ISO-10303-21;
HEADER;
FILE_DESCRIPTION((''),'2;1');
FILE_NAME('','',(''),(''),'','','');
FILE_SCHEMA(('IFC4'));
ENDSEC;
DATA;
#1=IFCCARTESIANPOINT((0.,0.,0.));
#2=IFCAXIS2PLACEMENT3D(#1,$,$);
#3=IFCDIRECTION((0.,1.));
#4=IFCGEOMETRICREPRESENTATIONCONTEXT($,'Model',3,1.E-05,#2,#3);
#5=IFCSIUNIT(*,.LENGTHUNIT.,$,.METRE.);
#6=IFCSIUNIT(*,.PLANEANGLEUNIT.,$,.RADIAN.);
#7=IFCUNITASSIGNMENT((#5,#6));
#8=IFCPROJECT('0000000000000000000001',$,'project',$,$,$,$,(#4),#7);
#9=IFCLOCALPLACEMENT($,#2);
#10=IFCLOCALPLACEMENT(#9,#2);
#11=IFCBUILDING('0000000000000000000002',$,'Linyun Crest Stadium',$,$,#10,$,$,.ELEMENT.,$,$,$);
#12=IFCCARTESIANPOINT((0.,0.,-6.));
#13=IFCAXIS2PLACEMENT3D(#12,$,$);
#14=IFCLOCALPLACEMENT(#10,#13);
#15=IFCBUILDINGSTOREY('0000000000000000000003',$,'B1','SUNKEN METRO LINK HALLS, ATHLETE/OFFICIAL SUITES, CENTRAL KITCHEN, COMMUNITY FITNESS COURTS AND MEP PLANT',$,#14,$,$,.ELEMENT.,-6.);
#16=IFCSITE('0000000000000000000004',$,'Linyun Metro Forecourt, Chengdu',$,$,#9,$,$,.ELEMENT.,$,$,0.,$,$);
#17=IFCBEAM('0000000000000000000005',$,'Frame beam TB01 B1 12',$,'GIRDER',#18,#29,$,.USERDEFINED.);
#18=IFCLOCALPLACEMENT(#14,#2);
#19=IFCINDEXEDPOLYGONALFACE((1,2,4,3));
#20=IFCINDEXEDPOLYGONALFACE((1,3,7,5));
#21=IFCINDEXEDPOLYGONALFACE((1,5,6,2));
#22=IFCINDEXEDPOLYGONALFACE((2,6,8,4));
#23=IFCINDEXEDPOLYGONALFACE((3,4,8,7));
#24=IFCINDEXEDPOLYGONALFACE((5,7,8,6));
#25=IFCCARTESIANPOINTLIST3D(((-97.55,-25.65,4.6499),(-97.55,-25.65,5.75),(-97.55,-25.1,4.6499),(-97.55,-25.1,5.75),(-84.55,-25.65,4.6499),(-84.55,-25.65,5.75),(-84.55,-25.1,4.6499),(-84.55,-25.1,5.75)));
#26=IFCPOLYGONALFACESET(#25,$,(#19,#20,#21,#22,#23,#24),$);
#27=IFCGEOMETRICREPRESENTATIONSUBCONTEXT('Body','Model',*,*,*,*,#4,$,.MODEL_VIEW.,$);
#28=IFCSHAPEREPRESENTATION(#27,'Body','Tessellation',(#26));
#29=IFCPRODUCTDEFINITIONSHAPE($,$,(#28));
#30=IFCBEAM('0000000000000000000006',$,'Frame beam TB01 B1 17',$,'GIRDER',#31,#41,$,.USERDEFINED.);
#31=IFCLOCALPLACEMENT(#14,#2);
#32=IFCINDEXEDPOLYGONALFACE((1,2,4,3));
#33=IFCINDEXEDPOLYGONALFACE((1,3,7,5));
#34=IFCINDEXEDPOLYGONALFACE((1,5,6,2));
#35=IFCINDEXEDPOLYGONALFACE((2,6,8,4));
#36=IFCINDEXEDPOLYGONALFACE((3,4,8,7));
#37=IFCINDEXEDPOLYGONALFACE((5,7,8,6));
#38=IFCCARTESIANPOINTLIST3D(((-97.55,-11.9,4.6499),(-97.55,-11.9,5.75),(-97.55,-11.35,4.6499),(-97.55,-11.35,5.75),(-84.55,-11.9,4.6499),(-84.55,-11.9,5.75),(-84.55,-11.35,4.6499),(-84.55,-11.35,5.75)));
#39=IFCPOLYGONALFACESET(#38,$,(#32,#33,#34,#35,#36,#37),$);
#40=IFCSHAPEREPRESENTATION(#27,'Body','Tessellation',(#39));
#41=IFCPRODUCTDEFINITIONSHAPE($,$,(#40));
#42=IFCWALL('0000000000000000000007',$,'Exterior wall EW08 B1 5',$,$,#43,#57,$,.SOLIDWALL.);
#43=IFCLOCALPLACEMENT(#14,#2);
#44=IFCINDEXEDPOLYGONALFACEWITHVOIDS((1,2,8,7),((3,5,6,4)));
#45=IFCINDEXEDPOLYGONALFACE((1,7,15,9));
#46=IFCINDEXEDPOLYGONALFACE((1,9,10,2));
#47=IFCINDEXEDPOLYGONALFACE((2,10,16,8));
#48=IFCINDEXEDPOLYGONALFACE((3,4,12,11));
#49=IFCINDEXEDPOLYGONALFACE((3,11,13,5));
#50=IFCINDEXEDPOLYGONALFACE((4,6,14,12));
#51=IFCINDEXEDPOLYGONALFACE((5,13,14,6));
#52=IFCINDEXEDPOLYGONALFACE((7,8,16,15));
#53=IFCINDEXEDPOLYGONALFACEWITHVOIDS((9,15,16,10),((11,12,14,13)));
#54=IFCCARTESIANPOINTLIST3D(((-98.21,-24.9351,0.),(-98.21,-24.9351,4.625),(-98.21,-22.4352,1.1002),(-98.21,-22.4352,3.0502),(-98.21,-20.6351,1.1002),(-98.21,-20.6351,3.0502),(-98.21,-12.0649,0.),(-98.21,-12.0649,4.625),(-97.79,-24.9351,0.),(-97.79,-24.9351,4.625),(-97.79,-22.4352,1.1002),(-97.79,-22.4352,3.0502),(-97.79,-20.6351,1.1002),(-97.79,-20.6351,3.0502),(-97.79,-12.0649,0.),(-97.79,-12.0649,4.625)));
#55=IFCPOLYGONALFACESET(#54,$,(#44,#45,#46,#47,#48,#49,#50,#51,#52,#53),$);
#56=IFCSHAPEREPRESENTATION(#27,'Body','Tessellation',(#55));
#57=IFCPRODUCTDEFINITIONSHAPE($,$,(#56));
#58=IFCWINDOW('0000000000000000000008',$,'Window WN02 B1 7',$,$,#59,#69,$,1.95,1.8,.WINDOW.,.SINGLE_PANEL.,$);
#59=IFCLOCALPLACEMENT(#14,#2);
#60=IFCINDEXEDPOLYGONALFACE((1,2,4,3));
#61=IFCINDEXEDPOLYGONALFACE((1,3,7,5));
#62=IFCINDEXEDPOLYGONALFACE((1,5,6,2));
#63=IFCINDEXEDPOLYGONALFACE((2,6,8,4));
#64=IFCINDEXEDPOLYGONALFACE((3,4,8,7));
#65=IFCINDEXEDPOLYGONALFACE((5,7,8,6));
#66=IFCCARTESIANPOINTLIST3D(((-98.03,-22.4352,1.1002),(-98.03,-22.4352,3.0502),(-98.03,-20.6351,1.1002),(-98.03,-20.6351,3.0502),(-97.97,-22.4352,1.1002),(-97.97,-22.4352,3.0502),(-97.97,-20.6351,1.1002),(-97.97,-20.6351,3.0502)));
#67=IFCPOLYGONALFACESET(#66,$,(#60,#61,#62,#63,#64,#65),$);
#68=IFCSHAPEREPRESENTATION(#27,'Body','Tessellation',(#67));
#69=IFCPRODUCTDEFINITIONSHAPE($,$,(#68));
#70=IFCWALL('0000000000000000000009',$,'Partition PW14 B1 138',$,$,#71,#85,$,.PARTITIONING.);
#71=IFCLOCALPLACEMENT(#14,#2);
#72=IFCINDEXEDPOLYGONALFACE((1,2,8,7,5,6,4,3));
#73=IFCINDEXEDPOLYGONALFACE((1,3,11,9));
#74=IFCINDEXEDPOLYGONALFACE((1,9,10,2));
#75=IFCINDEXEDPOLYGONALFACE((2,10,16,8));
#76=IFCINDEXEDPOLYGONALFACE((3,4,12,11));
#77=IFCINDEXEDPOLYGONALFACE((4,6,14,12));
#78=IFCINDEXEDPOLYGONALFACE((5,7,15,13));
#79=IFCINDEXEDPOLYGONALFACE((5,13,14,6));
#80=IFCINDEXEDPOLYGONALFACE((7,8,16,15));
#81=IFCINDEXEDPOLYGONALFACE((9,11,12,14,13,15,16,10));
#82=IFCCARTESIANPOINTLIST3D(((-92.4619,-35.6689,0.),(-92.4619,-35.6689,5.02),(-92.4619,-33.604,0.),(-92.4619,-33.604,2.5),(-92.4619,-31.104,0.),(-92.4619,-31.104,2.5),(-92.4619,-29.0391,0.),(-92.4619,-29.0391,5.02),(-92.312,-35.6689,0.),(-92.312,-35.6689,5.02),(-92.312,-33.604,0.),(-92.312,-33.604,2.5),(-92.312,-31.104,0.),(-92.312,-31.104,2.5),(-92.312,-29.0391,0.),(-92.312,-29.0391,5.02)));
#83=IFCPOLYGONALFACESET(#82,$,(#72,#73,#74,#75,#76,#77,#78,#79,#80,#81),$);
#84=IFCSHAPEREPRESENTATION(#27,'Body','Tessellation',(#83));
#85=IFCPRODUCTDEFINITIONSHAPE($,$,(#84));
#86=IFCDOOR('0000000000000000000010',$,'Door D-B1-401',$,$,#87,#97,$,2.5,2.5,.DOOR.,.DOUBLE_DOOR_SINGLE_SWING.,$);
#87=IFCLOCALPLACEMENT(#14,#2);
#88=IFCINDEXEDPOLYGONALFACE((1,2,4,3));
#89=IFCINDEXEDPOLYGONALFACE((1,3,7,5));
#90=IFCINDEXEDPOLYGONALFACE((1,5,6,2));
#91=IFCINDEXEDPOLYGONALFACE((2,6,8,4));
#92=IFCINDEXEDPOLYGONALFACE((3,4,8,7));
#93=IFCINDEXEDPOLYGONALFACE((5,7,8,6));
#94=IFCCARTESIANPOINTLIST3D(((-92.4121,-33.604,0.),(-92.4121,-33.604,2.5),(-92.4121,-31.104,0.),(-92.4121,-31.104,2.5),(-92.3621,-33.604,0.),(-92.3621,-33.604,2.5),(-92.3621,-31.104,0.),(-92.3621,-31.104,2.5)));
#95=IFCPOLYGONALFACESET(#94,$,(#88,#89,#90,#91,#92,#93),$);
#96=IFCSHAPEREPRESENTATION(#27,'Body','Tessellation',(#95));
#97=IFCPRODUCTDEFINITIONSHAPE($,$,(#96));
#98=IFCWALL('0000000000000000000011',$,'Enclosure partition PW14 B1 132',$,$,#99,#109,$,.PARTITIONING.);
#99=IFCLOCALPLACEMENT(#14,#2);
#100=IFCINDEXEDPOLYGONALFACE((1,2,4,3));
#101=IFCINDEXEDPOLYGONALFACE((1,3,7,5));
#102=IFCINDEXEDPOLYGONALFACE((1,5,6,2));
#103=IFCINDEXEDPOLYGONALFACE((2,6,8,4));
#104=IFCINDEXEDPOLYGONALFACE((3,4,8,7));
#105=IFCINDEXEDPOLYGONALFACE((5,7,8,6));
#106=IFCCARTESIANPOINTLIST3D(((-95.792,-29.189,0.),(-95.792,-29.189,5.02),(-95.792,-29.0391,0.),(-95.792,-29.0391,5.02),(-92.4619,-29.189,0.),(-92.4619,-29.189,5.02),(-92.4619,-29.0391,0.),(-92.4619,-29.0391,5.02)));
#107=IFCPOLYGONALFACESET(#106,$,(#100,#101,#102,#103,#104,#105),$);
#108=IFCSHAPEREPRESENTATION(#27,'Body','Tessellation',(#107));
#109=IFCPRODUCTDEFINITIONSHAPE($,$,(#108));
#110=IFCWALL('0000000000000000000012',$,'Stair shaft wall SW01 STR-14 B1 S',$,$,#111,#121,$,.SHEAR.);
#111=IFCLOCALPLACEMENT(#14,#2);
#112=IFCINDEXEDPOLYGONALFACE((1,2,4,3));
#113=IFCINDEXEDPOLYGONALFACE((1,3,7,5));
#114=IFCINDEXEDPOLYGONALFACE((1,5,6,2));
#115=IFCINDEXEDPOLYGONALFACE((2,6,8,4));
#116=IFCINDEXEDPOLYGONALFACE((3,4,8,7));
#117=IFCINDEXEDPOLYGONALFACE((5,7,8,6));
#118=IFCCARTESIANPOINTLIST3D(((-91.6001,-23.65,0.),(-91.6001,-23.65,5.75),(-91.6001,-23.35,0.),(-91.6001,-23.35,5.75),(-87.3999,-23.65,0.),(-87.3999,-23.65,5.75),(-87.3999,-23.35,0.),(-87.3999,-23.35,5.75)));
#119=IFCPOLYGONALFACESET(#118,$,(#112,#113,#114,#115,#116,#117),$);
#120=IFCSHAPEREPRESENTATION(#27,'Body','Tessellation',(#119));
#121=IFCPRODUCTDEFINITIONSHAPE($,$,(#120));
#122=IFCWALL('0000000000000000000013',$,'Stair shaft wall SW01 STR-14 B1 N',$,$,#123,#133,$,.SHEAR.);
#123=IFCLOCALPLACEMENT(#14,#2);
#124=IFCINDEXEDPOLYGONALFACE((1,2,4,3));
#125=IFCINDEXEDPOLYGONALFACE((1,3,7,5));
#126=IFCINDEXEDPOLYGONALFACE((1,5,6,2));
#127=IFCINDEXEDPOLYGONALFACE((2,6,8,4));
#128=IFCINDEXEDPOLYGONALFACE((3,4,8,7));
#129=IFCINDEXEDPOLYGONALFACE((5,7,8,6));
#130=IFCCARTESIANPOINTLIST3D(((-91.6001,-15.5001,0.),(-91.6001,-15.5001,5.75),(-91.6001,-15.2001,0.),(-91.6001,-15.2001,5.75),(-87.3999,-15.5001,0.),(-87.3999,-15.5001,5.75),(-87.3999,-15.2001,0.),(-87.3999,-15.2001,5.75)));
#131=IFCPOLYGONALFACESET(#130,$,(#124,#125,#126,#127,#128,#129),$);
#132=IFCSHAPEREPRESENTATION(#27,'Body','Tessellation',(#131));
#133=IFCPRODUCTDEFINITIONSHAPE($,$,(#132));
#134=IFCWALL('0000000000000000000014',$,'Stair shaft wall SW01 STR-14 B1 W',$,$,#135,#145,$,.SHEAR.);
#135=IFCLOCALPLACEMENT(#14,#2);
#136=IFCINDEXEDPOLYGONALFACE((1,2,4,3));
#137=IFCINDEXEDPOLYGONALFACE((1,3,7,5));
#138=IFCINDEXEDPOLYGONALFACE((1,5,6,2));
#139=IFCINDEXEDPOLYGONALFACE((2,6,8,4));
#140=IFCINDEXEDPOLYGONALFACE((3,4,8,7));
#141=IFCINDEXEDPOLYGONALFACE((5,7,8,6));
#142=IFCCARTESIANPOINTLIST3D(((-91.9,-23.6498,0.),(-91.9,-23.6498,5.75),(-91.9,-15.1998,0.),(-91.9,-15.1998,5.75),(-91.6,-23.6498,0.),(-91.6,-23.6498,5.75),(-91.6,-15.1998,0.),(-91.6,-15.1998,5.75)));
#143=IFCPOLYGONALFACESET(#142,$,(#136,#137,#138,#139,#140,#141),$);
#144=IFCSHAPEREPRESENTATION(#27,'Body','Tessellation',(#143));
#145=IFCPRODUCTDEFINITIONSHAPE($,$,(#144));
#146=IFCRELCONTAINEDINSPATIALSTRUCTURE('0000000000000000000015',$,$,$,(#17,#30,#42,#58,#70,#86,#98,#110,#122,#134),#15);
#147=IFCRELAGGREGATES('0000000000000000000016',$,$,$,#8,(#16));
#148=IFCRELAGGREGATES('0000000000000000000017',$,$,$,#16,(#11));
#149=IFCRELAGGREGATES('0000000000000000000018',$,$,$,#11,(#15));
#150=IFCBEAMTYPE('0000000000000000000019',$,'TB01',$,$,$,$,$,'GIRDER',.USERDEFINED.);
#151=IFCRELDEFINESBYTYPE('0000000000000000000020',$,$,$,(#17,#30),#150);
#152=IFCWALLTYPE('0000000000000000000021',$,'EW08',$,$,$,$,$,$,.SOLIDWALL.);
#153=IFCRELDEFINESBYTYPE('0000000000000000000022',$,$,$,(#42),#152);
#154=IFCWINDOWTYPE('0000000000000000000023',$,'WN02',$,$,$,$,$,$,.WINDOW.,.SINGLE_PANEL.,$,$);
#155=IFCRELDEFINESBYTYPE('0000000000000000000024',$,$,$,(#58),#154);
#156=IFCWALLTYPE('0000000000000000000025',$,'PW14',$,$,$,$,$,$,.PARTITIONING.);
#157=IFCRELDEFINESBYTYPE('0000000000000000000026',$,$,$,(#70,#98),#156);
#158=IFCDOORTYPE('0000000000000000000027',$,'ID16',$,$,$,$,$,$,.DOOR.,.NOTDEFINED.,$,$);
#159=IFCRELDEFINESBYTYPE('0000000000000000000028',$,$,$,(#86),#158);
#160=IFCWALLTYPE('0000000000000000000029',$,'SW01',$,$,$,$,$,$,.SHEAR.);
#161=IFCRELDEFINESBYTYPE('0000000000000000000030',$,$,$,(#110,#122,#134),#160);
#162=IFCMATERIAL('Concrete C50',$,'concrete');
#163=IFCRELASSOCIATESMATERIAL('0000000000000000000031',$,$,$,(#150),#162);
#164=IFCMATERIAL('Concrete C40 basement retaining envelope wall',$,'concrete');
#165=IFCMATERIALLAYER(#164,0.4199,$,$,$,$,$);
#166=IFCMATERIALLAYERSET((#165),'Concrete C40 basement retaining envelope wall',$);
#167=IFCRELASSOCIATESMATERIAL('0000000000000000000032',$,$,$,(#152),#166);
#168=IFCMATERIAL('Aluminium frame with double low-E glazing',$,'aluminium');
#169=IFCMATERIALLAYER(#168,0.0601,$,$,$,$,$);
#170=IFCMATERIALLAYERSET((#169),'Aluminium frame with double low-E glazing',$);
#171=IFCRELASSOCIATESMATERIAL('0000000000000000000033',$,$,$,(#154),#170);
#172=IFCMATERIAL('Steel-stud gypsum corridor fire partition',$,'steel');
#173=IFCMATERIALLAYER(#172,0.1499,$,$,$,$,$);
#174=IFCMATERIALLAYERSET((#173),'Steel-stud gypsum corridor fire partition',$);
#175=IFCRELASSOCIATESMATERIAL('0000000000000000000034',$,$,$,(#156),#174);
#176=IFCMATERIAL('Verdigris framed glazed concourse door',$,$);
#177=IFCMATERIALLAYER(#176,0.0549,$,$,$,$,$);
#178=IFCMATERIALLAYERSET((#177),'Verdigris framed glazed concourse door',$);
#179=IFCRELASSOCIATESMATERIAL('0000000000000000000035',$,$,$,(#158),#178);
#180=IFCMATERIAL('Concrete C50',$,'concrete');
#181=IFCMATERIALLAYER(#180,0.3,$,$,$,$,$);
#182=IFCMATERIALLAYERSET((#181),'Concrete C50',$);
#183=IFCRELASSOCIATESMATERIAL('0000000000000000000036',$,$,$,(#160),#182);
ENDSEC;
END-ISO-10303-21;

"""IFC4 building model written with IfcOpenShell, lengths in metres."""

from ifc_helpers import new_model, si_unit, direction, frame, frame_2d, origin, origin_2d, place, context, subcontext, project, spatial, rectangle, extrude, material, layer, layer_set, material_profile, profile_set, type_object, element, fill, save


model = new_model("IFC4")

# Units and contexts
model_context = context("Model", 3, precision=1e-05, world=origin(), true_north=direction((0.0, 1.0)))
body_context = subcontext(model_context, "Body", "Model", "MODEL_VIEW")
ifc_project = project(units=[si_unit("LENGTHUNIT", "METRE"), si_unit("PLANEANGLEUNIT", "RADIAN")], contexts=[model_context])

# Site, building, storey
site_placement = place(None, origin())
site = spatial("IfcSite", under=ifc_project, at=site_placement, Name="Linyun Metro Forecourt, Chengdu", CompositionType="ELEMENT", RefElevation=0.0)
building_placement = place(site_placement, origin())
building = spatial("IfcBuilding", under=site, at=building_placement, Name="Linyun Crest Stadium", CompositionType="ELEMENT")
storey_placement = place(building_placement, frame((0.0, 0.0, -6.0)))
storey = spatial("IfcBuildingStorey", under=building, at=storey_placement, Name="B1", Description="SUNKEN METRO LINK HALLS, ATHLETE/OFFICIAL SUITES, CENTRAL KITCHEN, COMMUNITY FITNESS COURTS AND MEP PLANT", CompositionType="ELEMENT", Elevation=-6.0)

# Beams
ifc_material_1 = material(Name="Concrete C50", Category="concrete")
ifc_material_profile_1 = material_profile(ifc_material_1, rectangle(XDim=0.55, YDim=1.1001, at=origin_2d()), Name="RCB 1100x550")
ifc_profile_set_1 = profile_set([ifc_material_profile_1], Name="Concrete C50")
beam_type_1 = type_object("IfcBeamType", Name="TB01", ElementType="GIRDER", PredefinedType="USERDEFINED", material=ifc_profile_set_1)
for number, where, z_axis, x_axis, name in (
    (1, (-97.55, -25.375, 5.2), (1.0, 0.0, 0.0), (0.0, 1.0, 0.0), "Frame beam TB01 B1 12"),
    (2, (-97.55, -11.625, 5.2), (1.0, 0.0, 0.0), (0.0, 1.0, 0.0), "Frame beam TB01 B1 17"),
):
    element("IfcBeam", number, at=place(storey_placement, frame(where, z_axis=z_axis, x_axis=x_axis)), inside=storey, type_object=beam_type_1, Name=name, ObjectType="GIRDER", PredefinedType="USERDEFINED", context=body_context, shape_type="SweptSolid", body=[
        extrude(rectangle(XDim=0.55, YDim=1.1001, at=origin_2d()), origin(), (0.0, 0.0, 1.0), 13.0),
    ])

# Wall, opening, window
ifc_material_2 = material(Name="Concrete C40 basement retaining envelope wall", Category="concrete")
ifc_layer_1 = layer(ifc_material_2, 0.4199)
ifc_layer_set_1 = layer_set([ifc_layer_1], Name="Concrete C40 basement retaining envelope wall")
wall_type_1 = type_object("IfcWallType", Name="EW08", PredefinedType="SOLIDWALL", material=ifc_layer_set_1)
wall_1_placement = place(storey_placement, frame((-98.0, -24.9351, 0.0), z_axis=(0.0, 0.0, 1.0), x_axis=(0.0, 1.0, 0.0)))
wall_1 = element("IfcWall", 3, at=wall_1_placement, inside=storey, type_object=wall_type_1, Name="Exterior wall EW08 B1 5", PredefinedType="SOLIDWALL", context=body_context, shape_type="SweptSolid", body=[
    extrude(rectangle(XDim=12.8701, YDim=0.4199, at=frame_2d((6.4351, 0.0))), origin(), (0.0, 0.0, 1.0), 4.625),
])
opening_1_placement = place(wall_1_placement, frame((2.5, 0.0, 1.1001)))
opening_1 = element("IfcOpeningElement", 4, at=opening_1_placement, cuts=wall_1, PredefinedType="OPENING", context=body_context, shape_type="SweptSolid", body=[
    extrude(rectangle(XDim=1.8, YDim=1.95, at=frame_2d((0.8999, 0.9751))), frame((0.0, 0.22, 0.0), z_axis=(0.0, -1.0, 0.0), x_axis=(1.0, 0.0, 0.0)), (0.0, 0.0, 1.0), 0.4399),
])
ifc_material_3 = material(Name="Aluminium frame with double low-E glazing", Category="aluminium")
ifc_layer_2 = layer(ifc_material_3, 0.0601)
ifc_layer_set_2 = layer_set([ifc_layer_2], Name="Aluminium frame with double low-E glazing")
window_type = type_object("IfcWindowType", Name="WN02", PartitioningType="SINGLE_PANEL", PredefinedType="WINDOW", material=ifc_layer_set_2)
window_placement = place(opening_1_placement, origin())
window = element("IfcWindow", 5, at=window_placement, inside=storey, type_object=window_type, Name="Window WN02 B1 7", OverallHeight=1.95, OverallWidth=1.8, PartitioningType="SINGLE_PANEL", PredefinedType="WINDOW", context=body_context, shape_type="SweptSolid", body=[
    extrude(rectangle(XDim=1.8, YDim=1.95, at=frame_2d((0.8999, 0.9751))), frame((0.0, 0.03, 0.0), z_axis=(0.0, -1.0, 0.0), x_axis=(1.0, 0.0, 0.0)), (0.0, 0.0, 1.0), 0.0601),
])
fill(opening_1, window)

# Wall, opening, door
ifc_material_4 = material(Name="Steel-stud gypsum corridor fire partition", Category="steel")
ifc_layer_3 = layer(ifc_material_4, 0.1499)
ifc_layer_set_3 = layer_set([ifc_layer_3], Name="Steel-stud gypsum corridor fire partition")
wall_type_2 = type_object("IfcWallType", Name="PW14", PredefinedType="PARTITIONING", material=ifc_layer_set_3)
wall_2_placement = place(storey_placement, frame((-92.387, -29.0391, 0.0), z_axis=(0.0, 0.0, 1.0), x_axis=(0.0, -1.0, 0.0)))
wall_2 = element("IfcWall", 6, at=wall_2_placement, inside=storey, type_object=wall_type_2, Name="Partition PW14 B1 138", PredefinedType="PARTITIONING", context=body_context, shape_type="SweptSolid", body=[
    extrude(rectangle(XDim=6.6299, YDim=0.1499, at=frame_2d((3.3149, 0.0))), origin(), (0.0, 0.0, 1.0), 5.02),
])
opening_2_placement = place(wall_2_placement, frame((2.0649, 0.0, 0.0)))
opening_2 = element("IfcOpeningElement", 7, at=opening_2_placement, cuts=wall_2, PredefinedType="OPENING", context=body_context, shape_type="SweptSolid", body=[
    extrude(rectangle(XDim=2.5, YDim=2.5, at=frame_2d((1.25, 1.25))), frame((0.0, 0.085, 0.0), z_axis=(0.0, -1.0, 0.0), x_axis=(1.0, 0.0, 0.0)), (0.0, 0.0, 1.0), 0.1699),
])
ifc_material_5 = material(Name="Verdigris framed glazed concourse door")
ifc_layer_4 = layer(ifc_material_5, 0.0549)
ifc_layer_set_4 = layer_set([ifc_layer_4], Name="Verdigris framed glazed concourse door")
door_type = type_object("IfcDoorType", Name="ID16", OperationType="NOTDEFINED", PredefinedType="DOOR", material=ifc_layer_set_4)
door_placement = place(opening_2_placement, origin())
door = element("IfcDoor", 8, at=door_placement, inside=storey, type_object=door_type, Name="Door D-B1-401", OperationType="DOUBLE_DOOR_SINGLE_SWING", OverallHeight=2.5, OverallWidth=2.5, PredefinedType="DOOR", context=body_context, shape_type="SweptSolid", body=[
    extrude(rectangle(XDim=2.5, YDim=2.5, at=frame_2d((1.25, 1.25))), frame((0.0, 0.0249, 0.0), z_axis=(0.0, -1.0, 0.0), x_axis=(1.0, 0.0, 0.0)), (0.0, 0.0, 1.0), 0.05),
])
fill(opening_2, door)

# Walls
wall_3_placement = place(storey_placement, frame((-95.792, -29.114, 0.0), z_axis=(0.0, 0.0, 1.0), x_axis=(1.0, 0.0, 0.0)))
element("IfcWall", 9, at=wall_3_placement, inside=storey, type_object=wall_type_2, Name="Enclosure partition PW14 B1 132", PredefinedType="PARTITIONING", context=body_context, shape_type="SweptSolid", body=[
    extrude(rectangle(XDim=3.3301, YDim=0.1499, at=frame_2d((1.665, 0.0))), origin(), (0.0, 0.0, 1.0), 5.02),
])
ifc_material_6 = material(Name="Concrete C50", Category="concrete")
ifc_layer_5 = layer(ifc_material_6, 0.3)
ifc_layer_set_5 = layer_set([ifc_layer_5], Name="Concrete C50")
wall_type_3 = type_object("IfcWallType", Name="SW01", PredefinedType="SHEAR", material=ifc_layer_set_5)
for number, where, z_axis, x_axis, name in (
    (10, (-91.6001, -23.5, 0.0), (0.0, 0.0, 1.0), (1.0, 0.0, 0.0), "Stair shaft wall SW01 STR-14 B1 S"),
    (11, (-91.6001, -15.3501, 0.0), (0.0, 0.0, 1.0), (1.0, 0.0, 0.0), "Stair shaft wall SW01 STR-14 B1 N"),
):
    element("IfcWall", number, at=place(storey_placement, frame(where, z_axis=z_axis, x_axis=x_axis)), inside=storey, type_object=wall_type_3, Name=name, PredefinedType="SHEAR", context=body_context, shape_type="SweptSolid", body=[
        extrude(rectangle(XDim=4.2002, YDim=0.3, at=frame_2d((2.1001, 0.0))), origin(), (0.0, 0.0, 1.0), 5.75),
    ])
wall_4_placement = place(storey_placement, frame((-91.75, -23.6499, 0.0), z_axis=(0.0, 0.0, 1.0), x_axis=(0.0, 1.0, 0.0)))
element("IfcWall", 12, at=wall_4_placement, inside=storey, type_object=wall_type_3, Name="Stair shaft wall SW01 STR-14 B1 W", PredefinedType="SHEAR", context=body_context, shape_type="SweptSolid", body=[
    extrude(rectangle(XDim=8.45, YDim=0.3, at=frame_2d((4.2251, 0.0))), origin(), (0.0, 0.0, 1.0), 5.75),
])

save(model, "model.ifc")
